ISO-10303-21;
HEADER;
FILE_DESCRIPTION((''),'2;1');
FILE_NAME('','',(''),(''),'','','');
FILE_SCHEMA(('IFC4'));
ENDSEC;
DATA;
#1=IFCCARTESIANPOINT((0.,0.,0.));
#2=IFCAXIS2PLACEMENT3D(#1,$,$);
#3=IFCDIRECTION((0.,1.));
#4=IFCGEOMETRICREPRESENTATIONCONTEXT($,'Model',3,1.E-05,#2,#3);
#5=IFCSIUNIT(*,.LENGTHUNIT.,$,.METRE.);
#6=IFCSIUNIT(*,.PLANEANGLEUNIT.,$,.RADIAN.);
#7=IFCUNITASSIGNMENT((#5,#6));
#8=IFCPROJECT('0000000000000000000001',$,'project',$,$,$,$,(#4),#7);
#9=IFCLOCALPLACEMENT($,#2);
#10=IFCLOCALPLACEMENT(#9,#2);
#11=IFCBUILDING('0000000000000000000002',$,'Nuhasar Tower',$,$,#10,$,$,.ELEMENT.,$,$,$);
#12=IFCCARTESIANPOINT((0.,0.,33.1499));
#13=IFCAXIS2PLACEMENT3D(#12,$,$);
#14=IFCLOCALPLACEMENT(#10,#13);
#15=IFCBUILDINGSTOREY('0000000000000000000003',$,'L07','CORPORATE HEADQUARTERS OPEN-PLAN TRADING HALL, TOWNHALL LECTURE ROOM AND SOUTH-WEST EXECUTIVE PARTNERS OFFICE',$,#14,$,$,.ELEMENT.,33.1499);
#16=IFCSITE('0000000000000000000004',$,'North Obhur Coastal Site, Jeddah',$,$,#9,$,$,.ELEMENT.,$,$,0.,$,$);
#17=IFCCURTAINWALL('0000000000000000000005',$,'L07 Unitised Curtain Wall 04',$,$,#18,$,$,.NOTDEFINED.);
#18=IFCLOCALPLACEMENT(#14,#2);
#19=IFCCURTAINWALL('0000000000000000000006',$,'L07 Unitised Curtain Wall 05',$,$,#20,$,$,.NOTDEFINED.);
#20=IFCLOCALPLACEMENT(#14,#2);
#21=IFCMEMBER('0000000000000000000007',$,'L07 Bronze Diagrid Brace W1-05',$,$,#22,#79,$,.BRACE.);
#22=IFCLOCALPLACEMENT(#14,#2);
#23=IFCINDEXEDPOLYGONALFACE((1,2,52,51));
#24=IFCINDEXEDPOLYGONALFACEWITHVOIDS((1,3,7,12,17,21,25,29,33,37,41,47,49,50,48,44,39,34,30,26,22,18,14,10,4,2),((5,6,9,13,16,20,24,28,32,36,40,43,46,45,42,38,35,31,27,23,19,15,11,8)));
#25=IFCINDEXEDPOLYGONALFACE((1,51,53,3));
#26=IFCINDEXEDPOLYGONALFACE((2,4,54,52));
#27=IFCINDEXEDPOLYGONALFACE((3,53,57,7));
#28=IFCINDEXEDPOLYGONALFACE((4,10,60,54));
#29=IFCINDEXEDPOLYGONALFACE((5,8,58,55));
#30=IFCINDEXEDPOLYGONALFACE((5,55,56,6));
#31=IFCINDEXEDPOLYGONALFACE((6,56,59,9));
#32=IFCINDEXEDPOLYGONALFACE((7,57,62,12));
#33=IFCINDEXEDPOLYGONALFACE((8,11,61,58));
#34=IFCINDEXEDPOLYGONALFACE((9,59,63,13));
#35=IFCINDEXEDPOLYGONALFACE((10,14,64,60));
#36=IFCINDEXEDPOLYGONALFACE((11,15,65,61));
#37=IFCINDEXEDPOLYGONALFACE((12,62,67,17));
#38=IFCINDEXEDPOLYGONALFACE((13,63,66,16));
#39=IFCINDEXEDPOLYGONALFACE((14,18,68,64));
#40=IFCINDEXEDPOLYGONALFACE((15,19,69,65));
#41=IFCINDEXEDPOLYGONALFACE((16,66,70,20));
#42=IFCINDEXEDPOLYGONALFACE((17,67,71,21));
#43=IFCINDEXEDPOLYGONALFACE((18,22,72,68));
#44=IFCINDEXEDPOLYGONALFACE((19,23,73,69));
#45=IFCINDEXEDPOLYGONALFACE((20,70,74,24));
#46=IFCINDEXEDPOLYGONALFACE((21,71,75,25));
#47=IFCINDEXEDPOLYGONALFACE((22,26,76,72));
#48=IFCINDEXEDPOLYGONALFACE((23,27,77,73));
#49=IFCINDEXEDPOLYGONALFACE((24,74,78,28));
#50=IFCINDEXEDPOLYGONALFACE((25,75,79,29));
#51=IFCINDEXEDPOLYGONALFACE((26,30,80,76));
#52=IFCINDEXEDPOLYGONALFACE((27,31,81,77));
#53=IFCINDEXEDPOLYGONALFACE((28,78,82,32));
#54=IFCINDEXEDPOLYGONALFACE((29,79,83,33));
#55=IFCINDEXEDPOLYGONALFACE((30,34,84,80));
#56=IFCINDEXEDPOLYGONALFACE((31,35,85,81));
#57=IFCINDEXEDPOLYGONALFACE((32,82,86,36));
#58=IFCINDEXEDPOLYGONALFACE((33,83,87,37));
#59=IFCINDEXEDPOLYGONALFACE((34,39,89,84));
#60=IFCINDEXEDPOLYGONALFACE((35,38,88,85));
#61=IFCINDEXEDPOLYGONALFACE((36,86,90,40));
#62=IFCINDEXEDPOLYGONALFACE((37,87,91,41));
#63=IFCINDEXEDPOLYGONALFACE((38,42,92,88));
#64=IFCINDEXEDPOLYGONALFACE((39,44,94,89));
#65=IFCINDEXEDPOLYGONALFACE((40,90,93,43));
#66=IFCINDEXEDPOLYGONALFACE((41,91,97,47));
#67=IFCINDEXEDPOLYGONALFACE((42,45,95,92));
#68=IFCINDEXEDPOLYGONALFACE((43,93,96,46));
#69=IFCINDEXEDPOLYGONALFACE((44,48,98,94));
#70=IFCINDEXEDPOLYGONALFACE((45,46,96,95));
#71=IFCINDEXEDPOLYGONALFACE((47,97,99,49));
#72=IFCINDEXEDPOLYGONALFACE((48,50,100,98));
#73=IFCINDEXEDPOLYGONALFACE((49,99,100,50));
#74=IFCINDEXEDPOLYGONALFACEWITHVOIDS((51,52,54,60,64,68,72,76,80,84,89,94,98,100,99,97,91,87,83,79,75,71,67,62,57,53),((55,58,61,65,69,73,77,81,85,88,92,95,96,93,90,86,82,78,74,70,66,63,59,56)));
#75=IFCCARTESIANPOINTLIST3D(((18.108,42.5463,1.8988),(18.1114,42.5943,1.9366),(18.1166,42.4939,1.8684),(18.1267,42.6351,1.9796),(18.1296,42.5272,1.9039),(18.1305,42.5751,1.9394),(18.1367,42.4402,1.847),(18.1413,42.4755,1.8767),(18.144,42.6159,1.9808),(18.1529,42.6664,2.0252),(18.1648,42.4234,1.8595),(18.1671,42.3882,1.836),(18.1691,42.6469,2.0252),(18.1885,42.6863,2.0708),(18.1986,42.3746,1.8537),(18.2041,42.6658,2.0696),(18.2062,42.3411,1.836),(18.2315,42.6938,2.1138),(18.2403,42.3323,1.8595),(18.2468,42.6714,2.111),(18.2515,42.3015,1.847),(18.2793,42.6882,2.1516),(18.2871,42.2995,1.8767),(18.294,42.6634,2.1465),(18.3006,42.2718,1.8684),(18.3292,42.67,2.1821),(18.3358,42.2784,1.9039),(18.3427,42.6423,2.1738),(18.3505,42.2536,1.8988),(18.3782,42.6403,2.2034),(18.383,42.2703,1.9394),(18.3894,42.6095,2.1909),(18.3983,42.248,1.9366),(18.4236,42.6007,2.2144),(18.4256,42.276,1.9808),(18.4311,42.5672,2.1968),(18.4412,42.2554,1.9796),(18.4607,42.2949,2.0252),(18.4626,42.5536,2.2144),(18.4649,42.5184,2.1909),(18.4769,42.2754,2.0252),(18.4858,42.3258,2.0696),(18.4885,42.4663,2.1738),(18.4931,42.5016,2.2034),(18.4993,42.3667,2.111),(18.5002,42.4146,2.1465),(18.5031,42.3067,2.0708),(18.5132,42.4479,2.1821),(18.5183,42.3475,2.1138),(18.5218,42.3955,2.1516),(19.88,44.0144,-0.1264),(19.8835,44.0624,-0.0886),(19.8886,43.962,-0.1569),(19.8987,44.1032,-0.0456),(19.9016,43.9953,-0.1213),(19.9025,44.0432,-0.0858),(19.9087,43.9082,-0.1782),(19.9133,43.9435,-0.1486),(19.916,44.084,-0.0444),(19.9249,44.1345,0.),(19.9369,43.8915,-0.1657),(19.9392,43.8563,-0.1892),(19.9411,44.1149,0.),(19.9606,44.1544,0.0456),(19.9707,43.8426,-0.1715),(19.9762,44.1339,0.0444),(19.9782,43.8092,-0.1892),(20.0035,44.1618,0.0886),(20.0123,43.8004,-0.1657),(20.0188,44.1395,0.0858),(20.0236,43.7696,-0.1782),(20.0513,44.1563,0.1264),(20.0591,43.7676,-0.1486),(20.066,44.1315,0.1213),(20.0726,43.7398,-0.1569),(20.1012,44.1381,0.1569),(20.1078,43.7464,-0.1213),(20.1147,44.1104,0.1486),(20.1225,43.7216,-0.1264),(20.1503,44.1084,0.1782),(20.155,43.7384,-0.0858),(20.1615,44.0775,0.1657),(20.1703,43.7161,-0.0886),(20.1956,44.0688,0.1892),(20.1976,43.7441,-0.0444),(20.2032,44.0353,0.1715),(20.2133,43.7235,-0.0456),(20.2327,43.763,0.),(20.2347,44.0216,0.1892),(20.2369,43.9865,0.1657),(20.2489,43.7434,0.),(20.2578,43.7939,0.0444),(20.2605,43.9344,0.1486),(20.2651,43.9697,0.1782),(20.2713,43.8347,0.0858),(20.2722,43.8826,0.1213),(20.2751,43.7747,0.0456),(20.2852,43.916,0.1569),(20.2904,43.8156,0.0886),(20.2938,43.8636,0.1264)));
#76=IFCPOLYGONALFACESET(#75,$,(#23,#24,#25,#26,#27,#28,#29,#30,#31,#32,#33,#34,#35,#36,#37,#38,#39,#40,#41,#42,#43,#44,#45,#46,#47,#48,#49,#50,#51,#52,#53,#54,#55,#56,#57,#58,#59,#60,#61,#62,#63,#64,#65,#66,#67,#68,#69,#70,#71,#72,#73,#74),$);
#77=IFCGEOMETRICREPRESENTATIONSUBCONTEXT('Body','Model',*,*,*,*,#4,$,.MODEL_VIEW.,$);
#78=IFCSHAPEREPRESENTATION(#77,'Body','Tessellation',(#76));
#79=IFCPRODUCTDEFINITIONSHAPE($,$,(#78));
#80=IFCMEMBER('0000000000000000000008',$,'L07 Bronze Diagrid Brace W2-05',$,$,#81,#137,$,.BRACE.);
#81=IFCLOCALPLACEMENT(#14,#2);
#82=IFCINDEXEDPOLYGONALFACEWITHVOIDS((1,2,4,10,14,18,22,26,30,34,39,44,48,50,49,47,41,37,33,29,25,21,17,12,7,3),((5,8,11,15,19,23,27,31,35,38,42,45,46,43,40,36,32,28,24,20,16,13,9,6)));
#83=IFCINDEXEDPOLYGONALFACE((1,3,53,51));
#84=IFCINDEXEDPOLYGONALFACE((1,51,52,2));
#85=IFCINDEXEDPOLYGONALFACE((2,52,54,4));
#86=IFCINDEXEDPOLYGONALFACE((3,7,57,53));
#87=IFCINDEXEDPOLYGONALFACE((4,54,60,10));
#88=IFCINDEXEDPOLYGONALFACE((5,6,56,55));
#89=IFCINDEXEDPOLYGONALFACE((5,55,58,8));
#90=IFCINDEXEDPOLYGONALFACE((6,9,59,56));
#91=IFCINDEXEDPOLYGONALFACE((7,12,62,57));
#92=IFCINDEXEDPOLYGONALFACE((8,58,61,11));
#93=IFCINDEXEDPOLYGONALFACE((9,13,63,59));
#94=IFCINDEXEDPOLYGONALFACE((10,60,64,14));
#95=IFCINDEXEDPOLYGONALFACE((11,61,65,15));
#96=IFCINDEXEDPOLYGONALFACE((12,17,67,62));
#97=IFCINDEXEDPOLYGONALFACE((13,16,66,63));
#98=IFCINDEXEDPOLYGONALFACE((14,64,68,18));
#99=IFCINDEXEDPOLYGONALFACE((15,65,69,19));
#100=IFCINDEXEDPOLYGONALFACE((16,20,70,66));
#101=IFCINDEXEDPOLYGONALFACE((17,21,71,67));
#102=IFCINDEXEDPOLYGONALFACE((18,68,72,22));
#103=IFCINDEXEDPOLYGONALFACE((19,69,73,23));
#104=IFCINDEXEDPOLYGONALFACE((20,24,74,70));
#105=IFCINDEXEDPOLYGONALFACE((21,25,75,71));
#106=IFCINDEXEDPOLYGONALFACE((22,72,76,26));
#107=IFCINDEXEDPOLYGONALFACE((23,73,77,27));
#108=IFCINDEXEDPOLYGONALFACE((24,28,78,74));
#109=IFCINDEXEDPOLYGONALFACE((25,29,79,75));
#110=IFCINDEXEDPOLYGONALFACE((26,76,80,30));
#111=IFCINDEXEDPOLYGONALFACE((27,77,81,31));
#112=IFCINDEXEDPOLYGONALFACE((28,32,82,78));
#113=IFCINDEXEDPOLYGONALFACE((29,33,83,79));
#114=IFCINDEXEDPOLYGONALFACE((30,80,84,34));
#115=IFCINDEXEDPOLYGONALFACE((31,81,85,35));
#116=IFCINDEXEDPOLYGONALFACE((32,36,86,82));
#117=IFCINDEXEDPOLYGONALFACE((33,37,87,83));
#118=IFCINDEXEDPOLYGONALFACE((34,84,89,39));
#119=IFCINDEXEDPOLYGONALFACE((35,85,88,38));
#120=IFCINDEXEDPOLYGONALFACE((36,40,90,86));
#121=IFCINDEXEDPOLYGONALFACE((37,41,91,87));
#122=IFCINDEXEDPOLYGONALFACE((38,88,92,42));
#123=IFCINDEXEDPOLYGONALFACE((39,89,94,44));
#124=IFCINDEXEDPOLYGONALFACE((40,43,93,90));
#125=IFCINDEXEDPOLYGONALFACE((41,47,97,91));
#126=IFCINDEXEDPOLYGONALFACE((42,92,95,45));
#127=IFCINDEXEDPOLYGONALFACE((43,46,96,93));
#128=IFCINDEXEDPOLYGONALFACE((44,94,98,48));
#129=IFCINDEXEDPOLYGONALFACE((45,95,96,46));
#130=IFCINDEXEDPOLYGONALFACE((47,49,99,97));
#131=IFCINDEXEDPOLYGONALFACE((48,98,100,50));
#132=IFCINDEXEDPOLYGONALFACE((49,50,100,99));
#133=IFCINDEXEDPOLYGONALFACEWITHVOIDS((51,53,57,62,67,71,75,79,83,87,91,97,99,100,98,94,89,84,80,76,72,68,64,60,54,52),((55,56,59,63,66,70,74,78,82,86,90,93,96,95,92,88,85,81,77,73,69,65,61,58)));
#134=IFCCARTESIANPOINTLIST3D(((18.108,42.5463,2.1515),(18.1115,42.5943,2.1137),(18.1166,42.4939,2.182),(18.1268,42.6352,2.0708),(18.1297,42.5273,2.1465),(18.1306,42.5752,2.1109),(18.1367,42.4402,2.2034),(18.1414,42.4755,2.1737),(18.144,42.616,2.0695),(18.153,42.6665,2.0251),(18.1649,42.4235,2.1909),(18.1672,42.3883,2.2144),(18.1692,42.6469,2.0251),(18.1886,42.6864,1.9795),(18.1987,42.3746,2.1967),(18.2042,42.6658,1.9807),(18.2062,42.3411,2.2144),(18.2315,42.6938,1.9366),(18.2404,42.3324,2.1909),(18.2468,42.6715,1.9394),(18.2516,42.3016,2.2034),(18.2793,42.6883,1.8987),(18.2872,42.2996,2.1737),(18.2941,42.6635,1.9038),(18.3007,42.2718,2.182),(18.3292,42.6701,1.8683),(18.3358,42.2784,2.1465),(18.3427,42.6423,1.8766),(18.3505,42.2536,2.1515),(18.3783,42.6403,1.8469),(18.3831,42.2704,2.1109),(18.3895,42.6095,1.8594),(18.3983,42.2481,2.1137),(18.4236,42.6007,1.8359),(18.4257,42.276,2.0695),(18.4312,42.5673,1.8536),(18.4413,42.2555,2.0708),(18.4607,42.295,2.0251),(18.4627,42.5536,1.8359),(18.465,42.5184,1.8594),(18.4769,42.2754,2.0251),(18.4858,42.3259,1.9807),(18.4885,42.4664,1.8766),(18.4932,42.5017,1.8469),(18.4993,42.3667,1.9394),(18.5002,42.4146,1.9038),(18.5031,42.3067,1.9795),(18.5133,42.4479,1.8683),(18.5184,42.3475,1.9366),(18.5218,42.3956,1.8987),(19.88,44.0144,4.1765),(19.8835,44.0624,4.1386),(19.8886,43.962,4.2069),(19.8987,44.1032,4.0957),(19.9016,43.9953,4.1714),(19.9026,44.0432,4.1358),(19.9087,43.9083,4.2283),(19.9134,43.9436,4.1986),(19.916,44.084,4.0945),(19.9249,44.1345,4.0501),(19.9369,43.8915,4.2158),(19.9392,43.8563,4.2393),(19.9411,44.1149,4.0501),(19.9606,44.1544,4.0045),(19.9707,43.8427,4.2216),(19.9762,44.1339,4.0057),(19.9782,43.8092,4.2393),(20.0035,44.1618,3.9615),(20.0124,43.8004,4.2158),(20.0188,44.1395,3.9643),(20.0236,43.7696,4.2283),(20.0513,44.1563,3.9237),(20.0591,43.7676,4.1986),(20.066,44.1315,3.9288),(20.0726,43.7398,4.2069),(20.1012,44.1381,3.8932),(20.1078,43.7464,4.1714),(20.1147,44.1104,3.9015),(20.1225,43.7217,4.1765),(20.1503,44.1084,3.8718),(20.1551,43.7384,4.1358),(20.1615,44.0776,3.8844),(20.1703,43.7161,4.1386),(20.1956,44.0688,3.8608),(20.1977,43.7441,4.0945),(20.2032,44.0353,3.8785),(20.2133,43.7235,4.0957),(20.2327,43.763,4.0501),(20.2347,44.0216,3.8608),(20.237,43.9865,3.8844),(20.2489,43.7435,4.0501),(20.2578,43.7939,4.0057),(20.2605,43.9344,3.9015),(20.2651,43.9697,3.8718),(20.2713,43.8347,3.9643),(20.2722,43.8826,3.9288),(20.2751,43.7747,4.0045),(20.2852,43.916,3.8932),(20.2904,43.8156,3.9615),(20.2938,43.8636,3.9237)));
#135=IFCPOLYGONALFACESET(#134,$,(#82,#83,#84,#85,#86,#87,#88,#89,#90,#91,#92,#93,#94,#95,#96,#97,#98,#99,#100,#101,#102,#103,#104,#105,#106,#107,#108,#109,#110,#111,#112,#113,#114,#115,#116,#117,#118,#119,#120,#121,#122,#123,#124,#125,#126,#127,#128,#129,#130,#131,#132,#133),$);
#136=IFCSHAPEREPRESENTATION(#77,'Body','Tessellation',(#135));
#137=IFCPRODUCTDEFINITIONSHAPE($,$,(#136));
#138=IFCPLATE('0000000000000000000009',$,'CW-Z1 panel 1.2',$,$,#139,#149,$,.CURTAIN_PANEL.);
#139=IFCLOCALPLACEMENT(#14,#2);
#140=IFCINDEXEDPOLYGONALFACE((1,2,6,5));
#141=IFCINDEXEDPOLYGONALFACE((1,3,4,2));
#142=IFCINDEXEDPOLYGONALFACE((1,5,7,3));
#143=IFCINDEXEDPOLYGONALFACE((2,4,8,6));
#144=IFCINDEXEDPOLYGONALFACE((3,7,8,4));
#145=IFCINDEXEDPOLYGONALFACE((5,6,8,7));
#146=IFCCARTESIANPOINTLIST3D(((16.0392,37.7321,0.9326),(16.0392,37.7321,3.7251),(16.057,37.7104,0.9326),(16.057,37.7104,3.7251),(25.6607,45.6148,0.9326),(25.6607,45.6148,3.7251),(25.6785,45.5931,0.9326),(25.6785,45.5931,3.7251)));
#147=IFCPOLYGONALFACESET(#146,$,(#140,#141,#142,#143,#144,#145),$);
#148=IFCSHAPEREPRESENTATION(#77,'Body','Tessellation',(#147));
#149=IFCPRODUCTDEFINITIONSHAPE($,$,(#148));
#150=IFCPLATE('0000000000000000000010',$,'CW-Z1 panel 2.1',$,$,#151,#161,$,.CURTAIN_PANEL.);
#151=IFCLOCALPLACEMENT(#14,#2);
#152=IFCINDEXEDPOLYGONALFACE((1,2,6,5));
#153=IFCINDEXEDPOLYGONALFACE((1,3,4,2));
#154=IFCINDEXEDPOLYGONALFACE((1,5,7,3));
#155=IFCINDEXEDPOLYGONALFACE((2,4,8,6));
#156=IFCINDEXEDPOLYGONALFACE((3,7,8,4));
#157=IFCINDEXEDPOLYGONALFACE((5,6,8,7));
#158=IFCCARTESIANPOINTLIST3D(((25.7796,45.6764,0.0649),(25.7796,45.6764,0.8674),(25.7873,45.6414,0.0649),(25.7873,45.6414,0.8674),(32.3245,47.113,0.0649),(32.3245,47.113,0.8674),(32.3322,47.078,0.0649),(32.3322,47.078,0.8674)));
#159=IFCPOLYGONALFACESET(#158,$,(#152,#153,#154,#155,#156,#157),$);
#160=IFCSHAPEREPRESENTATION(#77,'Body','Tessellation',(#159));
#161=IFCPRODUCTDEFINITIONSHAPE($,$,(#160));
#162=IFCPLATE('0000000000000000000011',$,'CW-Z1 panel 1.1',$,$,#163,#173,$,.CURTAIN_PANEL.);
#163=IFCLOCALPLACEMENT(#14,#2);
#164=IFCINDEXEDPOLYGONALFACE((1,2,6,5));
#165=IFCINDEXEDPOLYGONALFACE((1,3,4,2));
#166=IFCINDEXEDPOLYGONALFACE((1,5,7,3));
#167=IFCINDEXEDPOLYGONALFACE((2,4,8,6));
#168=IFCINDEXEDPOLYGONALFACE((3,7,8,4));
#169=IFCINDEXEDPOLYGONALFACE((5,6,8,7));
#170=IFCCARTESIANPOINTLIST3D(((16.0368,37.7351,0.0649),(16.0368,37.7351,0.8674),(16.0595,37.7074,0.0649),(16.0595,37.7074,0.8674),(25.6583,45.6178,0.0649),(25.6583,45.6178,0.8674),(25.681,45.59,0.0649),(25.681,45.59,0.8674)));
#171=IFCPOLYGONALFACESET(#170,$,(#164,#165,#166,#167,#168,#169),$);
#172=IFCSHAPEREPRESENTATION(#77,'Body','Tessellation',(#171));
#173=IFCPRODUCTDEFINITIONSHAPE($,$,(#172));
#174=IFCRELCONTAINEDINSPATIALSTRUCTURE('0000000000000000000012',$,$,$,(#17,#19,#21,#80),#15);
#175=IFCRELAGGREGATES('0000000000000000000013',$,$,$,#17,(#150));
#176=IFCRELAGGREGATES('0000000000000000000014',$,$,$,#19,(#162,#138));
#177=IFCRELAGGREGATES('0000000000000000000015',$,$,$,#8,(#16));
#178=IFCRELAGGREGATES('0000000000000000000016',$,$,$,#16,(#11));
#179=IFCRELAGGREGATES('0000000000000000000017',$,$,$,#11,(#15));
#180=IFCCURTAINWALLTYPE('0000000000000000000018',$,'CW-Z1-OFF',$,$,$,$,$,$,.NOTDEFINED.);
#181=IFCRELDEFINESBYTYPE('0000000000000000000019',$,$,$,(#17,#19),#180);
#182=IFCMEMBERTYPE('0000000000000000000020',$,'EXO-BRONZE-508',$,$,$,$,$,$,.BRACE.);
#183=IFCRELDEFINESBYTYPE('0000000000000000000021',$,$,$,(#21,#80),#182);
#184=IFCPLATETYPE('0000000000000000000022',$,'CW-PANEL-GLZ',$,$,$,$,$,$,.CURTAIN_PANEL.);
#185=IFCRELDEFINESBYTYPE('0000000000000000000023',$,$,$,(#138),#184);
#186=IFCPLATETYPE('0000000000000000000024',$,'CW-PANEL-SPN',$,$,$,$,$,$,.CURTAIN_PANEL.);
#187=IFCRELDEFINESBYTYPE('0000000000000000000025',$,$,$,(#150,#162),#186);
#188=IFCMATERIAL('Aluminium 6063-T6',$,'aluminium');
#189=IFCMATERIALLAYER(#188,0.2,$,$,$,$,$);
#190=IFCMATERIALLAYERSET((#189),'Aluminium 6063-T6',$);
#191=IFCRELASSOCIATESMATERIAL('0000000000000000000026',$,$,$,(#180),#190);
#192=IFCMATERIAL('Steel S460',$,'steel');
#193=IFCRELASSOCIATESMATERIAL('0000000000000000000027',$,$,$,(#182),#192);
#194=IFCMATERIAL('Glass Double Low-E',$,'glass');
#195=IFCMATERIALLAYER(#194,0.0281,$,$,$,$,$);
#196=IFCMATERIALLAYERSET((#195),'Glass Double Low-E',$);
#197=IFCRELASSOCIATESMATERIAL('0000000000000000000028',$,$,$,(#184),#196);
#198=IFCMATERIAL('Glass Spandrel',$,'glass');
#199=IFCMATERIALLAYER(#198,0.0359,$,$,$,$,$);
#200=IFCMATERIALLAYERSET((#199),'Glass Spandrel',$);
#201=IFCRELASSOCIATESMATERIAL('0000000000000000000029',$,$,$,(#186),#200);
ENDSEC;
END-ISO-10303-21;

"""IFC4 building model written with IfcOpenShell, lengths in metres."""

from ifc_helpers import new_model, si_unit, direction, frame, origin, origin_2d, place, context, subcontext, project, spatial, rectangle, hollow_circle, extrude, material, layer, layer_set, material_profile, profile_set, type_object, element, aggregate, save


model = new_model("IFC4")

# Units and contexts
model_context = context("Model", 3, precision=1e-05, world=origin(), true_north=direction((0.0, 1.0)))
body_context = subcontext(model_context, "Body", "Model", "MODEL_VIEW")
ifc_project = project(units=[si_unit("LENGTHUNIT", "METRE"), si_unit("PLANEANGLEUNIT", "RADIAN")], contexts=[model_context])

# Site, building, storey
site_placement = place(None, origin())
site = spatial("IfcSite", under=ifc_project, at=site_placement, Name="North Obhur Coastal Site, Jeddah", CompositionType="ELEMENT", RefElevation=0.0)
building_placement = place(site_placement, origin())
building = spatial("IfcBuilding", under=site, at=building_placement, Name="Nuhasar Tower", CompositionType="ELEMENT")
storey_placement = place(building_placement, frame((0.0, 0.0, 33.1499)))
storey = spatial("IfcBuildingStorey", under=building, at=storey_placement, Name="L07", Description="CORPORATE HEADQUARTERS OPEN-PLAN TRADING HALL, TOWNHALL LECTURE ROOM AND SOUTH-WEST EXECUTIVE PARTNERS OFFICE", CompositionType="ELEMENT", Elevation=33.1499)

# Curtain wall
ifc_material_1 = material(Name="Aluminium 6063-T6", Category="aluminium")
ifc_layer_1 = layer(ifc_material_1, 0.2)
ifc_layer_set_1 = layer_set([ifc_layer_1], Name="Aluminium 6063-T6")
curtain_wall_type = type_object("IfcCurtainWallType", Name="CW-Z1-OFF", PredefinedType="NOTDEFINED", material=ifc_layer_set_1)
curtain_wall_1_placement = place(storey_placement, origin())
curtain_wall_1 = element("IfcCurtainWall", 1, at=curtain_wall_1_placement, inside=storey, type_object=curtain_wall_type, Name="L07 Unitised Curtain Wall 04", PredefinedType="NOTDEFINED")

# Curtain wall
curtain_wall_2_placement = place(storey_placement, origin())
curtain_wall_2 = element("IfcCurtainWall", 2, at=curtain_wall_2_placement, inside=storey, type_object=curtain_wall_type, Name="L07 Unitised Curtain Wall 05", PredefinedType="NOTDEFINED")

# Members
ifc_material_2 = material(Name="Steel S460", Category="steel")
ifc_material_profile_1 = material_profile(ifc_material_2, hollow_circle(Radius=0.2539, WallThickness=0.0254, at=origin_2d()), Name="HSS508X25.4")
ifc_profile_set_1 = profile_set([ifc_material_profile_1], Name="Steel S460")
member_type_1 = type_object("IfcMemberType", Name="EXO-BRONZE-508", PredefinedType="BRACE", material=ifc_profile_set_1)
member_1_placement = place(storey_placement, frame((20.0869, 43.939, 0.0), z_axis=(-0.578071, -0.478912, 0.660664), x_axis=(0.637969, -0.770062, 0.0)))
element("IfcMember", 3, at=member_1_placement, inside=storey, type_object=member_type_1, Name="L07 Bronze Diagrid Brace W1-05", PredefinedType="BRACE", context=body_context, shape_type="SweptSolid", body=[
    extrude(hollow_circle(Radius=0.2539, WallThickness=0.0254, at=origin_2d()), origin(), (0.0, 0.0, 1.0), 3.0654),
])
member_2_placement = place(storey_placement, frame((18.3149, 42.4709, 2.0251), z_axis=(0.578102, 0.478937, 0.660619), x_axis=(-0.637969, 0.770062, 0.0)))
element("IfcMember", 4, at=member_2_placement, inside=storey, type_object=member_type_1, Name="L07 Bronze Diagrid Brace W2-05", PredefinedType="BRACE", context=body_context, shape_type="SweptSolid", body=[
    extrude(hollow_circle(Radius=0.2539, WallThickness=0.0254, at=origin_2d()), origin(), (0.0, 0.0, 1.0), 3.0652),
])

# Plates
ifc_material_3 = material(Name="Glass Double Low-E", Category="glass")
ifc_layer_2 = layer(ifc_material_3, 0.0281)
ifc_layer_set_2 = layer_set([ifc_layer_2], Name="Glass Double Low-E")
plate_type_1 = type_object("IfcPlateType", Name="CW-PANEL-GLZ", PredefinedType="CURTAIN_PANEL", material=ifc_layer_set_2)
plate_1_placement = place(storey_placement, frame((20.8589, 41.6626, 0.9326), z_axis=(0.0, 0.0, 1.0), x_axis=(-0.773542, -0.633745, 0.0)))
plate_1 = element("IfcPlate", 5, at=plate_1_placement, type_object=plate_type_1, Name="CW-Z1 panel 1.2", PredefinedType="CURTAIN_PANEL", context=body_context, shape_type="SweptSolid", body=[
    extrude(rectangle(XDim=12.4382, YDim=0.0281, at=origin_2d()), origin(), (0.0, 0.0, 1.0), 2.7925),
])
ifc_material_4 = material(Name="Glass Spandrel", Category="glass")
ifc_layer_3 = layer(ifc_material_4, 0.0359)
ifc_layer_set_3 = layer_set([ifc_layer_3], Name="Glass Spandrel")
plate_type_2 = type_object("IfcPlateType", Name="CW-PANEL-SPN", PredefinedType="CURTAIN_PANEL", material=ifc_layer_set_3)
plate_2_placement = place(storey_placement, frame((29.0559, 46.3772, 0.0649), z_axis=(0.0, 0.0, 1.0), x_axis=(-0.976746, -0.214399, 0.0)))
plate_2 = element("IfcPlate", 6, at=plate_2_placement, type_object=plate_type_2, Name="CW-Z1 panel 2.1", PredefinedType="CURTAIN_PANEL", context=body_context, shape_type="SweptSolid", body=[
    extrude(rectangle(XDim=6.7007, YDim=0.0359, at=origin_2d()), origin(), (0.0, 0.0, 1.0), 0.8025),
])
aggregate(curtain_wall_1, [plate_2])
plate_3_placement = place(storey_placement, frame((20.8589, 41.6626, 0.0649), z_axis=(0.0, 0.0, 1.0), x_axis=(-0.773542, -0.633745, 0.0)))
plate_3 = element("IfcPlate", 7, at=plate_3_placement, type_object=plate_type_2, Name="CW-Z1 panel 1.1", PredefinedType="CURTAIN_PANEL", context=body_context, shape_type="SweptSolid", body=[
    extrude(rectangle(XDim=12.4382, YDim=0.0359, at=origin_2d()), origin(), (0.0, 0.0, 1.0), 0.8025),
])
aggregate(curtain_wall_2, [plate_3, plate_1])

save(model, "model.ifc")
